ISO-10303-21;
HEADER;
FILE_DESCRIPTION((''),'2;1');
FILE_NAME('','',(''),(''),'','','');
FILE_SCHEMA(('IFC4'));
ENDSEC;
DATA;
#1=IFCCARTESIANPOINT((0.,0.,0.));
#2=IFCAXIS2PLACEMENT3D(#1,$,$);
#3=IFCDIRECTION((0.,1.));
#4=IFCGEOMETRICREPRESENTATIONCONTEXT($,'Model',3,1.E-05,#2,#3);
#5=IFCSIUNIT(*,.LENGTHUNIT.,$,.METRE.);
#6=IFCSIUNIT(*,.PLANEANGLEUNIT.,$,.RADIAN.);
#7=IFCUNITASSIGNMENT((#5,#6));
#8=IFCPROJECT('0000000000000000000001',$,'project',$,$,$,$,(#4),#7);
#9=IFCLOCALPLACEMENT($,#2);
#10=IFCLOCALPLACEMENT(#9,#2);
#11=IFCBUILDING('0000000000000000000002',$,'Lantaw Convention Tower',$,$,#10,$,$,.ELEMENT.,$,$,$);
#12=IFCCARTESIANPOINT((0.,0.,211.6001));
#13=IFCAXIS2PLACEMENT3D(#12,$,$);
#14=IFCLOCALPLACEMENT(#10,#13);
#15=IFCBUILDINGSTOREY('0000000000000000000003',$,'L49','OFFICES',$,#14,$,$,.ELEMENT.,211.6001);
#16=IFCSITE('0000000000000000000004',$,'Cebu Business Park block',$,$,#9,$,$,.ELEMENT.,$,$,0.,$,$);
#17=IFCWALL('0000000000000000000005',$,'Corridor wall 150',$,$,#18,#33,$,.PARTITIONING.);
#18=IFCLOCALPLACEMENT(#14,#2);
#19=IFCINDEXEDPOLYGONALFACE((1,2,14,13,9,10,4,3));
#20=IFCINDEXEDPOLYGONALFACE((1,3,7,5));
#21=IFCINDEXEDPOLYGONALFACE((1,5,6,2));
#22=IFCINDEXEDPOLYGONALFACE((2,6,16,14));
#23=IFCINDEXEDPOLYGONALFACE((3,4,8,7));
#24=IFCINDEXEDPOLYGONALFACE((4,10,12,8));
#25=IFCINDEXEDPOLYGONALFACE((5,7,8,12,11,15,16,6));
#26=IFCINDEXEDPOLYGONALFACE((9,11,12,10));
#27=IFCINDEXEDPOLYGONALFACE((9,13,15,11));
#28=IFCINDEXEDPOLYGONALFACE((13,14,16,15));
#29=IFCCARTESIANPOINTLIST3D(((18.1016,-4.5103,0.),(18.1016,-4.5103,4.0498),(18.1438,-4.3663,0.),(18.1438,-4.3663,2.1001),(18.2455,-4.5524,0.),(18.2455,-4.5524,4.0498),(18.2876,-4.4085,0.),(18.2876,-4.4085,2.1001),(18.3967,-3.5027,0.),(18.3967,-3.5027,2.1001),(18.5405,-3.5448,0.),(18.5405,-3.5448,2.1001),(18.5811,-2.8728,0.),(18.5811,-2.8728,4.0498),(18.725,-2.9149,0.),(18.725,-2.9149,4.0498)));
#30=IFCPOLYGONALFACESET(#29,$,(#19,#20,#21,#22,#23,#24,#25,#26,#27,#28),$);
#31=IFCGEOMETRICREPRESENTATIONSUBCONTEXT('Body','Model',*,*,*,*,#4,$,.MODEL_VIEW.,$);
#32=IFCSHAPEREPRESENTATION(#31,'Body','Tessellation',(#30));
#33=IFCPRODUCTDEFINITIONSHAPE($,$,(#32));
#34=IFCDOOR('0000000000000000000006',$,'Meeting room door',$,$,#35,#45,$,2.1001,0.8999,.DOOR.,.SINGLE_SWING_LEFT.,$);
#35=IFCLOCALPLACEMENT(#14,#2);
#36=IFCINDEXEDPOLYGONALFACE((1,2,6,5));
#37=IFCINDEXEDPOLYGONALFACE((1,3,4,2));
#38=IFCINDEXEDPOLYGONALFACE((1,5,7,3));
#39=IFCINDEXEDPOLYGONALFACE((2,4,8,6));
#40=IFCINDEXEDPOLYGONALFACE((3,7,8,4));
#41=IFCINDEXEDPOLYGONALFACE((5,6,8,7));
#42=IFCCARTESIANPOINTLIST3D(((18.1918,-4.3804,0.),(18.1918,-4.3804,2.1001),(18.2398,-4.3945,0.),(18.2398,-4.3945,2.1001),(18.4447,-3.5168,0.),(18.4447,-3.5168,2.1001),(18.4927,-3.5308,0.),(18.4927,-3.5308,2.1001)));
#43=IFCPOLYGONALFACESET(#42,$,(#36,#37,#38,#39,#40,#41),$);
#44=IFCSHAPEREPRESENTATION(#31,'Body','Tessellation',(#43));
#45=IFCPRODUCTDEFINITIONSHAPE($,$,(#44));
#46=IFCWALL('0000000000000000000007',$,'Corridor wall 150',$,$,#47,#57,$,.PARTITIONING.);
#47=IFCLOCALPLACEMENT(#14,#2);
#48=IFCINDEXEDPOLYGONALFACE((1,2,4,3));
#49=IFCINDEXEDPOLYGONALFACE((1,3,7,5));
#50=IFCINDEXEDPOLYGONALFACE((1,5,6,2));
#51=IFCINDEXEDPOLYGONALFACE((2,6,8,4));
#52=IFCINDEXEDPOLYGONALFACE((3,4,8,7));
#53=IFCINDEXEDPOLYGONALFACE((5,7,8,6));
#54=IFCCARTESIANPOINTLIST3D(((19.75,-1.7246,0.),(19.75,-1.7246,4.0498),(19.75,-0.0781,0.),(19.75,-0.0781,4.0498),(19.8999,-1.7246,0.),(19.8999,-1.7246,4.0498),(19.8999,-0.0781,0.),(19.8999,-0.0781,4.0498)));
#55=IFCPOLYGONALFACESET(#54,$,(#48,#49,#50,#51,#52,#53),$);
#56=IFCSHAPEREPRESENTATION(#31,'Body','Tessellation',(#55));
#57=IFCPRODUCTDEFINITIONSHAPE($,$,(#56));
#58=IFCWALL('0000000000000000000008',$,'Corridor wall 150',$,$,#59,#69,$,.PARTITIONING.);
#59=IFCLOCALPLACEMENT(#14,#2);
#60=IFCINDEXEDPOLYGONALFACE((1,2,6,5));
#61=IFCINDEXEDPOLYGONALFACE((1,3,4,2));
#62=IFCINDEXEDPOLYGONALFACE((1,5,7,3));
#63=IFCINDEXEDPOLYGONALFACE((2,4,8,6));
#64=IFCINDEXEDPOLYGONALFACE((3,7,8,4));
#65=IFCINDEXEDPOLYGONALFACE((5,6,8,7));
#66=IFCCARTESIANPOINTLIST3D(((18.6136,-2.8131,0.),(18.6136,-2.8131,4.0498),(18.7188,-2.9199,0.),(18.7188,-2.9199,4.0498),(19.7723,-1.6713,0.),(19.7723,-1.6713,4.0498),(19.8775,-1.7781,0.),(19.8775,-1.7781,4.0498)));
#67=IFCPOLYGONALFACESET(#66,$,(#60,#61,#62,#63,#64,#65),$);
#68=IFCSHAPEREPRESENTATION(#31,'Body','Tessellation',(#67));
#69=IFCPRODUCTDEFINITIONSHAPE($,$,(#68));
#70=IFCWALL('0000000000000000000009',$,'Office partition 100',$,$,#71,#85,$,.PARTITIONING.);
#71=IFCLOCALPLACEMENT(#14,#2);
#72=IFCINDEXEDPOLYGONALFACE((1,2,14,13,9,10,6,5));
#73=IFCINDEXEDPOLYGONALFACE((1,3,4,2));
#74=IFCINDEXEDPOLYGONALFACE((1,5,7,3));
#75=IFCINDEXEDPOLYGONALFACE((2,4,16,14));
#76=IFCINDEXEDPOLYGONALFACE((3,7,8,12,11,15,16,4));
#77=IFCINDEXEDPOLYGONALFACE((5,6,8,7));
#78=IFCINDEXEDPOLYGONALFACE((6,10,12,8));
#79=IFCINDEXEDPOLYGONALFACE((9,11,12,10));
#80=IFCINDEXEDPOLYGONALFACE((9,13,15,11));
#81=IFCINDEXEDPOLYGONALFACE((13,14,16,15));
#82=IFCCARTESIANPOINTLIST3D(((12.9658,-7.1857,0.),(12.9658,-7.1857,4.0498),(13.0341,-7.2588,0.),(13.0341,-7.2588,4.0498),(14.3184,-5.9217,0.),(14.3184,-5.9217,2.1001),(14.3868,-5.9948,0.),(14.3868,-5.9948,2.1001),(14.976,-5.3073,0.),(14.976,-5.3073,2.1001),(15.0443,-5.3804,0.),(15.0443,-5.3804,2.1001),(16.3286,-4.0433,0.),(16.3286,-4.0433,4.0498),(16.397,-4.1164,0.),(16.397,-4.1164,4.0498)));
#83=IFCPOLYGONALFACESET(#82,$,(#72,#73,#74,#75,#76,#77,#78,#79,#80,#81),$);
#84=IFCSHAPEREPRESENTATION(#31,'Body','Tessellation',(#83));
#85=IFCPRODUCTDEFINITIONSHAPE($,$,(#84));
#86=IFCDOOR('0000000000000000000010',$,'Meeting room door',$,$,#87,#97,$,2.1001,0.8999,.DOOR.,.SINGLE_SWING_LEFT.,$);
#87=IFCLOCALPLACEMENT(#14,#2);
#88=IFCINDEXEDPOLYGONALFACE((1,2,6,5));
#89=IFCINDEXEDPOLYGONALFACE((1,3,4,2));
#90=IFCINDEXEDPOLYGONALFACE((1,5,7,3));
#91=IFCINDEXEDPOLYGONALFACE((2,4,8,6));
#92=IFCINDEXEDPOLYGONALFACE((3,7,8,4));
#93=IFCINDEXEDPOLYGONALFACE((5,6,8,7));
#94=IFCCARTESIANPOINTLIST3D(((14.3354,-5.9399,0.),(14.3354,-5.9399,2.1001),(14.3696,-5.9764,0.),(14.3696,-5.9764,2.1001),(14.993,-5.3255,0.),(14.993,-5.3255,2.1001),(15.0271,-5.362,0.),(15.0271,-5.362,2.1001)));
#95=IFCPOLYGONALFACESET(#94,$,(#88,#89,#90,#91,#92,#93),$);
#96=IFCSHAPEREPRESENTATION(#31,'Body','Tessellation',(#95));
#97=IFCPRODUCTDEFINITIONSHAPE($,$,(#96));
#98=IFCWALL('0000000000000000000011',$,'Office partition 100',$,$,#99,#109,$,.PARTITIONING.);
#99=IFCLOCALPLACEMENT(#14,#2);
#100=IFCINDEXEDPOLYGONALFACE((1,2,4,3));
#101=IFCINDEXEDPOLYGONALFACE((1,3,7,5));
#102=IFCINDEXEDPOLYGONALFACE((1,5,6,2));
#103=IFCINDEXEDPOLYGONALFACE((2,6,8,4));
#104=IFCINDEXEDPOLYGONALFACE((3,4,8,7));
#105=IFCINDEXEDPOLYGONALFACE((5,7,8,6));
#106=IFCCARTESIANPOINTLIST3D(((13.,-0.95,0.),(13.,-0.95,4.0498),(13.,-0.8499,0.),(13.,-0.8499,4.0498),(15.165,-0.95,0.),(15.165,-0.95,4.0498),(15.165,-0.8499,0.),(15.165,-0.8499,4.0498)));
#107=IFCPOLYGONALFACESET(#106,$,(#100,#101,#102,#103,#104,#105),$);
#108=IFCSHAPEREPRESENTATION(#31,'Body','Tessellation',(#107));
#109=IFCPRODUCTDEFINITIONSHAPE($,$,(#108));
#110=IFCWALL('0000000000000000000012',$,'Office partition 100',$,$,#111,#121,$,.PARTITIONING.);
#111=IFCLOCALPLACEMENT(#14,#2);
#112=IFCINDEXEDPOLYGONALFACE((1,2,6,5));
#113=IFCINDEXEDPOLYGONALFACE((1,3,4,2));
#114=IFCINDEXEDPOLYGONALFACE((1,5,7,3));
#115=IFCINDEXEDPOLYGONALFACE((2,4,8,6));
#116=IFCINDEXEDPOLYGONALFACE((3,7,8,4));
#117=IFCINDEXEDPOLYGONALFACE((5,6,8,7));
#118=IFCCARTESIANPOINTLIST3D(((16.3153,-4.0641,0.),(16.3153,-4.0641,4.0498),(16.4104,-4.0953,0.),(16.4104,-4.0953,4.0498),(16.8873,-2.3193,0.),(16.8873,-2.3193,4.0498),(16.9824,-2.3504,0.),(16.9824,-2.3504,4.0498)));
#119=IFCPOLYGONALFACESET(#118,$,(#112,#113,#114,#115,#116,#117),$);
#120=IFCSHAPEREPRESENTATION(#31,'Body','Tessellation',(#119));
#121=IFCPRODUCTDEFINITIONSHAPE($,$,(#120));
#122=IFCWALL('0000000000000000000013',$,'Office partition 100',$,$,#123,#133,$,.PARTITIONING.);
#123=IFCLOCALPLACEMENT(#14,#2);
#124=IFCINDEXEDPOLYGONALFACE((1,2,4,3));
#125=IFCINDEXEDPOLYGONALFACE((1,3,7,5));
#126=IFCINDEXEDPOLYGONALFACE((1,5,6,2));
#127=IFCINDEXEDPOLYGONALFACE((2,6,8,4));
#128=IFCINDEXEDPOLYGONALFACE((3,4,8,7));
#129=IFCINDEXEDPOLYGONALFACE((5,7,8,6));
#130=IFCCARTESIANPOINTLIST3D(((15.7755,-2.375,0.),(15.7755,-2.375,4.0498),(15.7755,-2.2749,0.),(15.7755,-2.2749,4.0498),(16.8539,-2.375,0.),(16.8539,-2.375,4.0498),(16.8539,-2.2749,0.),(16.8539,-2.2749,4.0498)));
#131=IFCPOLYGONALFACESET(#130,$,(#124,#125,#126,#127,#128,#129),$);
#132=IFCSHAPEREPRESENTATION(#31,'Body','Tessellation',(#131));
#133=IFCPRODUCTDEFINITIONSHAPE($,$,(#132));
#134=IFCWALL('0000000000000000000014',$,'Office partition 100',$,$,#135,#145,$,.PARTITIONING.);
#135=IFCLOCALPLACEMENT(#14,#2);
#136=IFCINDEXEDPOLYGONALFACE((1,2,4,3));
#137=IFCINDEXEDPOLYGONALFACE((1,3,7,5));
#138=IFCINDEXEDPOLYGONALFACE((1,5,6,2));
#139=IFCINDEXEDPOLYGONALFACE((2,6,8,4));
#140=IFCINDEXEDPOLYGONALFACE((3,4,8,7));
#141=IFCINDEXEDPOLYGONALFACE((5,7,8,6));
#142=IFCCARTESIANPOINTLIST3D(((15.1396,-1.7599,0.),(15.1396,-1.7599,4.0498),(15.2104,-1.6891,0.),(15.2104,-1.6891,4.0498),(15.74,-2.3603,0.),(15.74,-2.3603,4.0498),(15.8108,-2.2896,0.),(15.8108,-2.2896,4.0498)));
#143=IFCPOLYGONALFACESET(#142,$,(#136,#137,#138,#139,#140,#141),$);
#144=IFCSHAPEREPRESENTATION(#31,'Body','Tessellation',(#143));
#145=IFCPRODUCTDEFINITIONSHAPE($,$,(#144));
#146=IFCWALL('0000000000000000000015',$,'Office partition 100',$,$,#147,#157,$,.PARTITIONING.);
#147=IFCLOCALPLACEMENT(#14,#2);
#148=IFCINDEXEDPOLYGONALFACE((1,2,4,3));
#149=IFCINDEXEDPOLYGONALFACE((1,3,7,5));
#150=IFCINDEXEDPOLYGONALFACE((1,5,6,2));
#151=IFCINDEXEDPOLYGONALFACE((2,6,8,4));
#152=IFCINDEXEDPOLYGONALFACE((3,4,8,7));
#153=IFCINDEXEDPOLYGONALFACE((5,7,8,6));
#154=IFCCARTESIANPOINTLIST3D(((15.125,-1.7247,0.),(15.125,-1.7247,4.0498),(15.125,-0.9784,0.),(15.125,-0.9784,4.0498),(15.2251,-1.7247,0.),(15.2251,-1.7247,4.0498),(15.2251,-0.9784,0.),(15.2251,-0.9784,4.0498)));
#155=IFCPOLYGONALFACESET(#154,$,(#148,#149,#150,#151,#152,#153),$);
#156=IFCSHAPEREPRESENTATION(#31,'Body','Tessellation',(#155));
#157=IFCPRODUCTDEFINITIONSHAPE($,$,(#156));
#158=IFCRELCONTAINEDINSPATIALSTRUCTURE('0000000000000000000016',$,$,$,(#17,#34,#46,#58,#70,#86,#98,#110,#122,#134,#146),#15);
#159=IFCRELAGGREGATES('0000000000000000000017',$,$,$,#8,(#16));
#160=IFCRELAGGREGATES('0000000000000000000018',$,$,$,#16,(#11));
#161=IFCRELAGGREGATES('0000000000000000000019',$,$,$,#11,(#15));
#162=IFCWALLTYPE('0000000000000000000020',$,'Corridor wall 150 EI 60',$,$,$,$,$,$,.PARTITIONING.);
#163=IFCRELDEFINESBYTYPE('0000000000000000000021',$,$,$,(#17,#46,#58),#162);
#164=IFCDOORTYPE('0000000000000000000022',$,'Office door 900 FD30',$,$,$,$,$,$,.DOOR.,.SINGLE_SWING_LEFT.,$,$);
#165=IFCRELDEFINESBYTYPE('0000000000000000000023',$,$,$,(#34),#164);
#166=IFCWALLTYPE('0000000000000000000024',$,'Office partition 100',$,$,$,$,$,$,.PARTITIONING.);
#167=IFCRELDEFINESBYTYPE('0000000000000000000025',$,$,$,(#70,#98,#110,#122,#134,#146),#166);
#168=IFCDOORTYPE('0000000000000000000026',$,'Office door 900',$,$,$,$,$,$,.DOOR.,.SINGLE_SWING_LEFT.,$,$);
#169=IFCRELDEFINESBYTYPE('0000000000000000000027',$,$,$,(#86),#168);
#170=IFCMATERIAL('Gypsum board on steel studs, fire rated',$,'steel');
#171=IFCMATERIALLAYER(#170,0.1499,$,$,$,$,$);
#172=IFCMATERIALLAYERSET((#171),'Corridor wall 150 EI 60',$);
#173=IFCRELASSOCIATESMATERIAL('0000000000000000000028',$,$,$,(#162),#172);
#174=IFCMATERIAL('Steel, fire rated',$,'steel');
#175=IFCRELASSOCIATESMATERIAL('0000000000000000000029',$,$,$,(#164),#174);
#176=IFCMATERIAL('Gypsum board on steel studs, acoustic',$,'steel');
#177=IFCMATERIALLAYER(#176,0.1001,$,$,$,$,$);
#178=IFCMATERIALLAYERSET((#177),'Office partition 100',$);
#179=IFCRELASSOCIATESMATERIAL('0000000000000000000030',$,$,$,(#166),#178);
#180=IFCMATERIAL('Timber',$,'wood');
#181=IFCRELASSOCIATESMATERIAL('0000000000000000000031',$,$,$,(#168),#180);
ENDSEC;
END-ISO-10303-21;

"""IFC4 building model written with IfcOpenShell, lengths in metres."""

from ifc_helpers import new_model, si_unit, direction, frame, frame_2d, origin, place, context, subcontext, project, spatial, rectangle, extrude, material, layer, layer_set, type_object, element, fill, save


model = new_model("IFC4")

# Units and contexts
model_context = context("Model", 3, precision=1e-05, world=origin(), true_north=direction((0.0, 1.0)))
body_context = subcontext(model_context, "Body", "Model", "MODEL_VIEW")
ifc_project = project(units=[si_unit("LENGTHUNIT", "METRE"), si_unit("PLANEANGLEUNIT", "RADIAN")], contexts=[model_context])

# Site, building, storey
site_placement = place(None, origin())
site = spatial("IfcSite", under=ifc_project, at=site_placement, Name="Cebu Business Park block", CompositionType="ELEMENT", RefElevation=0.0)
building_placement = place(site_placement, origin())
building = spatial("IfcBuilding", under=site, at=building_placement, Name="Lantaw Convention Tower", CompositionType="ELEMENT")
storey_placement = place(building_placement, frame((0.0, 0.0, 211.6001)))
storey = spatial("IfcBuildingStorey", under=building, at=storey_placement, Name="L49", Description="OFFICES", CompositionType="ELEMENT", Elevation=211.6001)

# Wall, opening, door
ifc_material_1 = material(Name="Gypsum board on steel studs, fire rated", Category="steel")
ifc_layer_1 = layer(ifc_material_1, 0.1499)
ifc_layer_set_1 = layer_set([ifc_layer_1], Name="Corridor wall 150 EI 60")
wall_type_1 = type_object("IfcWallType", Name="Corridor wall 150 EI 60", PredefinedType="PARTITIONING", material=ifc_layer_set_1)
ifc_material_2 = material(Name="Steel, fire rated", Category="steel")
door_type_1 = type_object("IfcDoorType", Name="Office door 900 FD30", OperationType="SINGLE_SWING_LEFT", PredefinedType="DOOR", material=ifc_material_2)
wall_1_placement = place(storey_placement, frame((18.1736, -4.5312, 0.0), z_axis=(0.0, 0.0, 1.0), x_axis=(0.281027, 0.9597, 0.0)))
wall_1 = element("IfcWall", 1, at=wall_1_placement, inside=storey, type_object=wall_type_1, Name="Corridor wall 150", PredefinedType="PARTITIONING", context=body_context, shape_type="SweptSolid", body=[
    extrude(rectangle(XDim=1.7063, YDim=0.1499, at=frame_2d((0.853, 0.0))), origin(), (0.0, 0.0, 1.0), 4.0498),
])
opening_1_placement = place(wall_1_placement, frame((0.1499, 0.0, 0.0)))
opening_1 = element("IfcOpeningElement", 2, at=opening_1_placement, cuts=wall_1, PredefinedType="OPENING", context=body_context, shape_type="SweptSolid", body=[
    extrude(rectangle(XDim=0.8999, YDim=2.1001, at=frame_2d((0.45, 1.05))), frame((0.0, 0.085, 0.0), z_axis=(0.0, -1.0, 0.0), x_axis=(1.0, 0.0, 0.0)), (0.0, 0.0, 1.0), 0.1699),
])
door_1_placement = place(opening_1_placement, origin())
door_1 = element("IfcDoor", 3, at=door_1_placement, inside=storey, type_object=door_type_1, Name="Meeting room door", OperationType="SINGLE_SWING_LEFT", OverallHeight=2.1001, OverallWidth=0.8999, PredefinedType="DOOR", context=body_context, shape_type="SweptSolid", body=[
    extrude(rectangle(XDim=0.8999, YDim=2.1001, at=frame_2d((0.45, 1.05))), frame((0.0, 0.0249, 0.0), z_axis=(0.0, -1.0, 0.0), x_axis=(1.0, 0.0, 0.0)), (0.0, 0.0, 1.0), 0.05),
])
fill(opening_1, door_1)

# Walls
wall_2_placement = place(storey_placement, frame((19.825, -0.0781, 0.0), z_axis=(0.0, 0.0, 1.0), x_axis=(0.0, -1.0, 0.0)))
element("IfcWall", 4, at=wall_2_placement, inside=storey, type_object=wall_type_1, Name="Corridor wall 150", PredefinedType="PARTITIONING", context=body_context, shape_type="SweptSolid", body=[
    extrude(rectangle(XDim=1.6465, YDim=0.1499, at=frame_2d((0.8232, 0.0))), origin(), (0.0, 0.0, 1.0), 4.0498),
])
wall_3_placement = place(storey_placement, frame((19.825, -1.7246, 0.0), z_axis=(0.0, 0.0, 1.0), x_axis=(-0.712265, -0.70191, 0.0)))
element("IfcWall", 5, at=wall_3_placement, inside=storey, type_object=wall_type_1, Name="Corridor wall 150", PredefinedType="PARTITIONING", context=body_context, shape_type="SweptSolid", body=[
    extrude(rectangle(XDim=1.6267, YDim=0.1499, at=frame_2d((0.8135, 0.0))), origin(), (0.0, 0.0, 1.0), 4.0498),
])

# Wall, opening, door
ifc_material_3 = material(Name="Gypsum board on steel studs, acoustic", Category="steel")
ifc_layer_2 = layer(ifc_material_3, 0.1001)
ifc_layer_set_2 = layer_set([ifc_layer_2], Name="Office partition 100")
wall_type_2 = type_object("IfcWallType", Name="Office partition 100", PredefinedType="PARTITIONING", material=ifc_layer_set_2)
wall_4_placement = place(storey_placement, frame((16.3628, -4.0798, 0.0), z_axis=(0.0, 0.0, 1.0), x_axis=(-0.730651, -0.682751, 0.0)))
wall_4 = element("IfcWall", 6, at=wall_4_placement, inside=storey, type_object=wall_type_2, Name="Office partition 100", PredefinedType="PARTITIONING", context=body_context, shape_type="SweptSolid", body=[
    extrude(rectangle(XDim=4.6025, YDim=0.1001, at=frame_2d((2.3013, 0.0))), origin(), (0.0, 0.0, 1.0), 4.0498),
])
opening_2_placement = place(wall_4_placement, frame((1.8513, 0.0, 0.0)))
opening_2 = element("IfcOpeningElement", 7, at=opening_2_placement, cuts=wall_4, PredefinedType="OPENING", context=body_context, shape_type="SweptSolid", body=[
    extrude(rectangle(XDim=0.8999, YDim=2.1001, at=frame_2d((0.45, 1.05))), frame((0.0, 0.0601, 0.0), z_axis=(0.0, -1.0, 0.0), x_axis=(1.0, 0.0, 0.0)), (0.0, 0.0, 1.0), 0.1201),
])
ifc_material_4 = material(Name="Timber", Category="wood")
door_type_2 = type_object("IfcDoorType", Name="Office door 900", OperationType="SINGLE_SWING_LEFT", PredefinedType="DOOR", material=ifc_material_4)
door_2_placement = place(opening_2_placement, origin())
door_2 = element("IfcDoor", 8, at=door_2_placement, inside=storey, type_object=door_type_2, Name="Meeting room door", OperationType="SINGLE_SWING_LEFT", OverallHeight=2.1001, OverallWidth=0.8999, PredefinedType="DOOR", context=body_context, shape_type="SweptSolid", body=[
    extrude(rectangle(XDim=0.8999, YDim=2.1001, at=frame_2d((0.45, 1.05))), frame((0.0, 0.0249, 0.0), z_axis=(0.0, -1.0, 0.0), x_axis=(1.0, 0.0, 0.0)), (0.0, 0.0, 1.0), 0.05),
])
fill(opening_2, door_2)

# Walls
wall_5_placement = place(storey_placement, frame((13.0, -0.8999, 0.0), z_axis=(0.0, 0.0, 1.0), x_axis=(1.0, 0.0, 0.0)))
element("IfcWall", 9, at=wall_5_placement, inside=storey, type_object=wall_type_2, Name="Office partition 100", PredefinedType="PARTITIONING", context=body_context, shape_type="SweptSolid", body=[
    extrude(rectangle(XDim=2.165, YDim=0.1001, at=frame_2d((1.0825, 0.0))), origin(), (0.0, 0.0, 1.0), 4.0498),
])
wall_6_placement = place(storey_placement, frame((16.9348, -2.335, 0.0), z_axis=(0.0, 0.0, 1.0), x_axis=(-0.311517, -0.950241, 0.0)))
element("IfcWall", 10, at=wall_6_placement, inside=storey, type_object=wall_type_2, Name="Office partition 100", PredefinedType="PARTITIONING", context=body_context, shape_type="SweptSolid", body=[
    extrude(rectangle(XDim=1.8362, YDim=0.1001, at=frame_2d((0.918, 0.0))), origin(), (0.0, 0.0, 1.0), 4.0498),
])
wall_7_placement = place(storey_placement, frame((16.8538, -2.325, 0.0), z_axis=(0.0, 0.0, 1.0), x_axis=(-1.0, 0.0, 0.0)))
element("IfcWall", 11, at=wall_7_placement, inside=storey, type_object=wall_type_2, Name="Office partition 100", PredefinedType="PARTITIONING", context=body_context, shape_type="SweptSolid", body=[
    extrude(rectangle(XDim=1.0784, YDim=0.1001, at=frame_2d((0.5391, 0.0))), origin(), (0.0, 0.0, 1.0), 4.0498),
])
wall_8_placement = place(storey_placement, frame((15.7754, -2.325, 0.0), z_axis=(0.0, 0.0, 1.0), x_axis=(-0.707107, 0.707107, 0.0)))
element("IfcWall", 12, at=wall_8_placement, inside=storey, type_object=wall_type_2, Name="Office partition 100", PredefinedType="PARTITIONING", context=body_context, shape_type="SweptSolid", body=[
    extrude(rectangle(XDim=0.8491, YDim=0.1001, at=frame_2d((0.4246, 0.0))), origin(), (0.0, 0.0, 1.0), 4.0498),
])
wall_9_placement = place(storey_placement, frame((15.175, -1.7246, 0.0), z_axis=(0.0, 0.0, 1.0), x_axis=(0.0, 1.0, 0.0)))
element("IfcWall", 13, at=wall_9_placement, inside=storey, type_object=wall_type_2, Name="Office partition 100", PredefinedType="PARTITIONING", context=body_context, shape_type="SweptSolid", body=[
    extrude(rectangle(XDim=0.7463, YDim=0.1001, at=frame_2d((0.373, 0.0))), origin(), (0.0, 0.0, 1.0), 4.0498),
])

save(model, "model.ifc")
